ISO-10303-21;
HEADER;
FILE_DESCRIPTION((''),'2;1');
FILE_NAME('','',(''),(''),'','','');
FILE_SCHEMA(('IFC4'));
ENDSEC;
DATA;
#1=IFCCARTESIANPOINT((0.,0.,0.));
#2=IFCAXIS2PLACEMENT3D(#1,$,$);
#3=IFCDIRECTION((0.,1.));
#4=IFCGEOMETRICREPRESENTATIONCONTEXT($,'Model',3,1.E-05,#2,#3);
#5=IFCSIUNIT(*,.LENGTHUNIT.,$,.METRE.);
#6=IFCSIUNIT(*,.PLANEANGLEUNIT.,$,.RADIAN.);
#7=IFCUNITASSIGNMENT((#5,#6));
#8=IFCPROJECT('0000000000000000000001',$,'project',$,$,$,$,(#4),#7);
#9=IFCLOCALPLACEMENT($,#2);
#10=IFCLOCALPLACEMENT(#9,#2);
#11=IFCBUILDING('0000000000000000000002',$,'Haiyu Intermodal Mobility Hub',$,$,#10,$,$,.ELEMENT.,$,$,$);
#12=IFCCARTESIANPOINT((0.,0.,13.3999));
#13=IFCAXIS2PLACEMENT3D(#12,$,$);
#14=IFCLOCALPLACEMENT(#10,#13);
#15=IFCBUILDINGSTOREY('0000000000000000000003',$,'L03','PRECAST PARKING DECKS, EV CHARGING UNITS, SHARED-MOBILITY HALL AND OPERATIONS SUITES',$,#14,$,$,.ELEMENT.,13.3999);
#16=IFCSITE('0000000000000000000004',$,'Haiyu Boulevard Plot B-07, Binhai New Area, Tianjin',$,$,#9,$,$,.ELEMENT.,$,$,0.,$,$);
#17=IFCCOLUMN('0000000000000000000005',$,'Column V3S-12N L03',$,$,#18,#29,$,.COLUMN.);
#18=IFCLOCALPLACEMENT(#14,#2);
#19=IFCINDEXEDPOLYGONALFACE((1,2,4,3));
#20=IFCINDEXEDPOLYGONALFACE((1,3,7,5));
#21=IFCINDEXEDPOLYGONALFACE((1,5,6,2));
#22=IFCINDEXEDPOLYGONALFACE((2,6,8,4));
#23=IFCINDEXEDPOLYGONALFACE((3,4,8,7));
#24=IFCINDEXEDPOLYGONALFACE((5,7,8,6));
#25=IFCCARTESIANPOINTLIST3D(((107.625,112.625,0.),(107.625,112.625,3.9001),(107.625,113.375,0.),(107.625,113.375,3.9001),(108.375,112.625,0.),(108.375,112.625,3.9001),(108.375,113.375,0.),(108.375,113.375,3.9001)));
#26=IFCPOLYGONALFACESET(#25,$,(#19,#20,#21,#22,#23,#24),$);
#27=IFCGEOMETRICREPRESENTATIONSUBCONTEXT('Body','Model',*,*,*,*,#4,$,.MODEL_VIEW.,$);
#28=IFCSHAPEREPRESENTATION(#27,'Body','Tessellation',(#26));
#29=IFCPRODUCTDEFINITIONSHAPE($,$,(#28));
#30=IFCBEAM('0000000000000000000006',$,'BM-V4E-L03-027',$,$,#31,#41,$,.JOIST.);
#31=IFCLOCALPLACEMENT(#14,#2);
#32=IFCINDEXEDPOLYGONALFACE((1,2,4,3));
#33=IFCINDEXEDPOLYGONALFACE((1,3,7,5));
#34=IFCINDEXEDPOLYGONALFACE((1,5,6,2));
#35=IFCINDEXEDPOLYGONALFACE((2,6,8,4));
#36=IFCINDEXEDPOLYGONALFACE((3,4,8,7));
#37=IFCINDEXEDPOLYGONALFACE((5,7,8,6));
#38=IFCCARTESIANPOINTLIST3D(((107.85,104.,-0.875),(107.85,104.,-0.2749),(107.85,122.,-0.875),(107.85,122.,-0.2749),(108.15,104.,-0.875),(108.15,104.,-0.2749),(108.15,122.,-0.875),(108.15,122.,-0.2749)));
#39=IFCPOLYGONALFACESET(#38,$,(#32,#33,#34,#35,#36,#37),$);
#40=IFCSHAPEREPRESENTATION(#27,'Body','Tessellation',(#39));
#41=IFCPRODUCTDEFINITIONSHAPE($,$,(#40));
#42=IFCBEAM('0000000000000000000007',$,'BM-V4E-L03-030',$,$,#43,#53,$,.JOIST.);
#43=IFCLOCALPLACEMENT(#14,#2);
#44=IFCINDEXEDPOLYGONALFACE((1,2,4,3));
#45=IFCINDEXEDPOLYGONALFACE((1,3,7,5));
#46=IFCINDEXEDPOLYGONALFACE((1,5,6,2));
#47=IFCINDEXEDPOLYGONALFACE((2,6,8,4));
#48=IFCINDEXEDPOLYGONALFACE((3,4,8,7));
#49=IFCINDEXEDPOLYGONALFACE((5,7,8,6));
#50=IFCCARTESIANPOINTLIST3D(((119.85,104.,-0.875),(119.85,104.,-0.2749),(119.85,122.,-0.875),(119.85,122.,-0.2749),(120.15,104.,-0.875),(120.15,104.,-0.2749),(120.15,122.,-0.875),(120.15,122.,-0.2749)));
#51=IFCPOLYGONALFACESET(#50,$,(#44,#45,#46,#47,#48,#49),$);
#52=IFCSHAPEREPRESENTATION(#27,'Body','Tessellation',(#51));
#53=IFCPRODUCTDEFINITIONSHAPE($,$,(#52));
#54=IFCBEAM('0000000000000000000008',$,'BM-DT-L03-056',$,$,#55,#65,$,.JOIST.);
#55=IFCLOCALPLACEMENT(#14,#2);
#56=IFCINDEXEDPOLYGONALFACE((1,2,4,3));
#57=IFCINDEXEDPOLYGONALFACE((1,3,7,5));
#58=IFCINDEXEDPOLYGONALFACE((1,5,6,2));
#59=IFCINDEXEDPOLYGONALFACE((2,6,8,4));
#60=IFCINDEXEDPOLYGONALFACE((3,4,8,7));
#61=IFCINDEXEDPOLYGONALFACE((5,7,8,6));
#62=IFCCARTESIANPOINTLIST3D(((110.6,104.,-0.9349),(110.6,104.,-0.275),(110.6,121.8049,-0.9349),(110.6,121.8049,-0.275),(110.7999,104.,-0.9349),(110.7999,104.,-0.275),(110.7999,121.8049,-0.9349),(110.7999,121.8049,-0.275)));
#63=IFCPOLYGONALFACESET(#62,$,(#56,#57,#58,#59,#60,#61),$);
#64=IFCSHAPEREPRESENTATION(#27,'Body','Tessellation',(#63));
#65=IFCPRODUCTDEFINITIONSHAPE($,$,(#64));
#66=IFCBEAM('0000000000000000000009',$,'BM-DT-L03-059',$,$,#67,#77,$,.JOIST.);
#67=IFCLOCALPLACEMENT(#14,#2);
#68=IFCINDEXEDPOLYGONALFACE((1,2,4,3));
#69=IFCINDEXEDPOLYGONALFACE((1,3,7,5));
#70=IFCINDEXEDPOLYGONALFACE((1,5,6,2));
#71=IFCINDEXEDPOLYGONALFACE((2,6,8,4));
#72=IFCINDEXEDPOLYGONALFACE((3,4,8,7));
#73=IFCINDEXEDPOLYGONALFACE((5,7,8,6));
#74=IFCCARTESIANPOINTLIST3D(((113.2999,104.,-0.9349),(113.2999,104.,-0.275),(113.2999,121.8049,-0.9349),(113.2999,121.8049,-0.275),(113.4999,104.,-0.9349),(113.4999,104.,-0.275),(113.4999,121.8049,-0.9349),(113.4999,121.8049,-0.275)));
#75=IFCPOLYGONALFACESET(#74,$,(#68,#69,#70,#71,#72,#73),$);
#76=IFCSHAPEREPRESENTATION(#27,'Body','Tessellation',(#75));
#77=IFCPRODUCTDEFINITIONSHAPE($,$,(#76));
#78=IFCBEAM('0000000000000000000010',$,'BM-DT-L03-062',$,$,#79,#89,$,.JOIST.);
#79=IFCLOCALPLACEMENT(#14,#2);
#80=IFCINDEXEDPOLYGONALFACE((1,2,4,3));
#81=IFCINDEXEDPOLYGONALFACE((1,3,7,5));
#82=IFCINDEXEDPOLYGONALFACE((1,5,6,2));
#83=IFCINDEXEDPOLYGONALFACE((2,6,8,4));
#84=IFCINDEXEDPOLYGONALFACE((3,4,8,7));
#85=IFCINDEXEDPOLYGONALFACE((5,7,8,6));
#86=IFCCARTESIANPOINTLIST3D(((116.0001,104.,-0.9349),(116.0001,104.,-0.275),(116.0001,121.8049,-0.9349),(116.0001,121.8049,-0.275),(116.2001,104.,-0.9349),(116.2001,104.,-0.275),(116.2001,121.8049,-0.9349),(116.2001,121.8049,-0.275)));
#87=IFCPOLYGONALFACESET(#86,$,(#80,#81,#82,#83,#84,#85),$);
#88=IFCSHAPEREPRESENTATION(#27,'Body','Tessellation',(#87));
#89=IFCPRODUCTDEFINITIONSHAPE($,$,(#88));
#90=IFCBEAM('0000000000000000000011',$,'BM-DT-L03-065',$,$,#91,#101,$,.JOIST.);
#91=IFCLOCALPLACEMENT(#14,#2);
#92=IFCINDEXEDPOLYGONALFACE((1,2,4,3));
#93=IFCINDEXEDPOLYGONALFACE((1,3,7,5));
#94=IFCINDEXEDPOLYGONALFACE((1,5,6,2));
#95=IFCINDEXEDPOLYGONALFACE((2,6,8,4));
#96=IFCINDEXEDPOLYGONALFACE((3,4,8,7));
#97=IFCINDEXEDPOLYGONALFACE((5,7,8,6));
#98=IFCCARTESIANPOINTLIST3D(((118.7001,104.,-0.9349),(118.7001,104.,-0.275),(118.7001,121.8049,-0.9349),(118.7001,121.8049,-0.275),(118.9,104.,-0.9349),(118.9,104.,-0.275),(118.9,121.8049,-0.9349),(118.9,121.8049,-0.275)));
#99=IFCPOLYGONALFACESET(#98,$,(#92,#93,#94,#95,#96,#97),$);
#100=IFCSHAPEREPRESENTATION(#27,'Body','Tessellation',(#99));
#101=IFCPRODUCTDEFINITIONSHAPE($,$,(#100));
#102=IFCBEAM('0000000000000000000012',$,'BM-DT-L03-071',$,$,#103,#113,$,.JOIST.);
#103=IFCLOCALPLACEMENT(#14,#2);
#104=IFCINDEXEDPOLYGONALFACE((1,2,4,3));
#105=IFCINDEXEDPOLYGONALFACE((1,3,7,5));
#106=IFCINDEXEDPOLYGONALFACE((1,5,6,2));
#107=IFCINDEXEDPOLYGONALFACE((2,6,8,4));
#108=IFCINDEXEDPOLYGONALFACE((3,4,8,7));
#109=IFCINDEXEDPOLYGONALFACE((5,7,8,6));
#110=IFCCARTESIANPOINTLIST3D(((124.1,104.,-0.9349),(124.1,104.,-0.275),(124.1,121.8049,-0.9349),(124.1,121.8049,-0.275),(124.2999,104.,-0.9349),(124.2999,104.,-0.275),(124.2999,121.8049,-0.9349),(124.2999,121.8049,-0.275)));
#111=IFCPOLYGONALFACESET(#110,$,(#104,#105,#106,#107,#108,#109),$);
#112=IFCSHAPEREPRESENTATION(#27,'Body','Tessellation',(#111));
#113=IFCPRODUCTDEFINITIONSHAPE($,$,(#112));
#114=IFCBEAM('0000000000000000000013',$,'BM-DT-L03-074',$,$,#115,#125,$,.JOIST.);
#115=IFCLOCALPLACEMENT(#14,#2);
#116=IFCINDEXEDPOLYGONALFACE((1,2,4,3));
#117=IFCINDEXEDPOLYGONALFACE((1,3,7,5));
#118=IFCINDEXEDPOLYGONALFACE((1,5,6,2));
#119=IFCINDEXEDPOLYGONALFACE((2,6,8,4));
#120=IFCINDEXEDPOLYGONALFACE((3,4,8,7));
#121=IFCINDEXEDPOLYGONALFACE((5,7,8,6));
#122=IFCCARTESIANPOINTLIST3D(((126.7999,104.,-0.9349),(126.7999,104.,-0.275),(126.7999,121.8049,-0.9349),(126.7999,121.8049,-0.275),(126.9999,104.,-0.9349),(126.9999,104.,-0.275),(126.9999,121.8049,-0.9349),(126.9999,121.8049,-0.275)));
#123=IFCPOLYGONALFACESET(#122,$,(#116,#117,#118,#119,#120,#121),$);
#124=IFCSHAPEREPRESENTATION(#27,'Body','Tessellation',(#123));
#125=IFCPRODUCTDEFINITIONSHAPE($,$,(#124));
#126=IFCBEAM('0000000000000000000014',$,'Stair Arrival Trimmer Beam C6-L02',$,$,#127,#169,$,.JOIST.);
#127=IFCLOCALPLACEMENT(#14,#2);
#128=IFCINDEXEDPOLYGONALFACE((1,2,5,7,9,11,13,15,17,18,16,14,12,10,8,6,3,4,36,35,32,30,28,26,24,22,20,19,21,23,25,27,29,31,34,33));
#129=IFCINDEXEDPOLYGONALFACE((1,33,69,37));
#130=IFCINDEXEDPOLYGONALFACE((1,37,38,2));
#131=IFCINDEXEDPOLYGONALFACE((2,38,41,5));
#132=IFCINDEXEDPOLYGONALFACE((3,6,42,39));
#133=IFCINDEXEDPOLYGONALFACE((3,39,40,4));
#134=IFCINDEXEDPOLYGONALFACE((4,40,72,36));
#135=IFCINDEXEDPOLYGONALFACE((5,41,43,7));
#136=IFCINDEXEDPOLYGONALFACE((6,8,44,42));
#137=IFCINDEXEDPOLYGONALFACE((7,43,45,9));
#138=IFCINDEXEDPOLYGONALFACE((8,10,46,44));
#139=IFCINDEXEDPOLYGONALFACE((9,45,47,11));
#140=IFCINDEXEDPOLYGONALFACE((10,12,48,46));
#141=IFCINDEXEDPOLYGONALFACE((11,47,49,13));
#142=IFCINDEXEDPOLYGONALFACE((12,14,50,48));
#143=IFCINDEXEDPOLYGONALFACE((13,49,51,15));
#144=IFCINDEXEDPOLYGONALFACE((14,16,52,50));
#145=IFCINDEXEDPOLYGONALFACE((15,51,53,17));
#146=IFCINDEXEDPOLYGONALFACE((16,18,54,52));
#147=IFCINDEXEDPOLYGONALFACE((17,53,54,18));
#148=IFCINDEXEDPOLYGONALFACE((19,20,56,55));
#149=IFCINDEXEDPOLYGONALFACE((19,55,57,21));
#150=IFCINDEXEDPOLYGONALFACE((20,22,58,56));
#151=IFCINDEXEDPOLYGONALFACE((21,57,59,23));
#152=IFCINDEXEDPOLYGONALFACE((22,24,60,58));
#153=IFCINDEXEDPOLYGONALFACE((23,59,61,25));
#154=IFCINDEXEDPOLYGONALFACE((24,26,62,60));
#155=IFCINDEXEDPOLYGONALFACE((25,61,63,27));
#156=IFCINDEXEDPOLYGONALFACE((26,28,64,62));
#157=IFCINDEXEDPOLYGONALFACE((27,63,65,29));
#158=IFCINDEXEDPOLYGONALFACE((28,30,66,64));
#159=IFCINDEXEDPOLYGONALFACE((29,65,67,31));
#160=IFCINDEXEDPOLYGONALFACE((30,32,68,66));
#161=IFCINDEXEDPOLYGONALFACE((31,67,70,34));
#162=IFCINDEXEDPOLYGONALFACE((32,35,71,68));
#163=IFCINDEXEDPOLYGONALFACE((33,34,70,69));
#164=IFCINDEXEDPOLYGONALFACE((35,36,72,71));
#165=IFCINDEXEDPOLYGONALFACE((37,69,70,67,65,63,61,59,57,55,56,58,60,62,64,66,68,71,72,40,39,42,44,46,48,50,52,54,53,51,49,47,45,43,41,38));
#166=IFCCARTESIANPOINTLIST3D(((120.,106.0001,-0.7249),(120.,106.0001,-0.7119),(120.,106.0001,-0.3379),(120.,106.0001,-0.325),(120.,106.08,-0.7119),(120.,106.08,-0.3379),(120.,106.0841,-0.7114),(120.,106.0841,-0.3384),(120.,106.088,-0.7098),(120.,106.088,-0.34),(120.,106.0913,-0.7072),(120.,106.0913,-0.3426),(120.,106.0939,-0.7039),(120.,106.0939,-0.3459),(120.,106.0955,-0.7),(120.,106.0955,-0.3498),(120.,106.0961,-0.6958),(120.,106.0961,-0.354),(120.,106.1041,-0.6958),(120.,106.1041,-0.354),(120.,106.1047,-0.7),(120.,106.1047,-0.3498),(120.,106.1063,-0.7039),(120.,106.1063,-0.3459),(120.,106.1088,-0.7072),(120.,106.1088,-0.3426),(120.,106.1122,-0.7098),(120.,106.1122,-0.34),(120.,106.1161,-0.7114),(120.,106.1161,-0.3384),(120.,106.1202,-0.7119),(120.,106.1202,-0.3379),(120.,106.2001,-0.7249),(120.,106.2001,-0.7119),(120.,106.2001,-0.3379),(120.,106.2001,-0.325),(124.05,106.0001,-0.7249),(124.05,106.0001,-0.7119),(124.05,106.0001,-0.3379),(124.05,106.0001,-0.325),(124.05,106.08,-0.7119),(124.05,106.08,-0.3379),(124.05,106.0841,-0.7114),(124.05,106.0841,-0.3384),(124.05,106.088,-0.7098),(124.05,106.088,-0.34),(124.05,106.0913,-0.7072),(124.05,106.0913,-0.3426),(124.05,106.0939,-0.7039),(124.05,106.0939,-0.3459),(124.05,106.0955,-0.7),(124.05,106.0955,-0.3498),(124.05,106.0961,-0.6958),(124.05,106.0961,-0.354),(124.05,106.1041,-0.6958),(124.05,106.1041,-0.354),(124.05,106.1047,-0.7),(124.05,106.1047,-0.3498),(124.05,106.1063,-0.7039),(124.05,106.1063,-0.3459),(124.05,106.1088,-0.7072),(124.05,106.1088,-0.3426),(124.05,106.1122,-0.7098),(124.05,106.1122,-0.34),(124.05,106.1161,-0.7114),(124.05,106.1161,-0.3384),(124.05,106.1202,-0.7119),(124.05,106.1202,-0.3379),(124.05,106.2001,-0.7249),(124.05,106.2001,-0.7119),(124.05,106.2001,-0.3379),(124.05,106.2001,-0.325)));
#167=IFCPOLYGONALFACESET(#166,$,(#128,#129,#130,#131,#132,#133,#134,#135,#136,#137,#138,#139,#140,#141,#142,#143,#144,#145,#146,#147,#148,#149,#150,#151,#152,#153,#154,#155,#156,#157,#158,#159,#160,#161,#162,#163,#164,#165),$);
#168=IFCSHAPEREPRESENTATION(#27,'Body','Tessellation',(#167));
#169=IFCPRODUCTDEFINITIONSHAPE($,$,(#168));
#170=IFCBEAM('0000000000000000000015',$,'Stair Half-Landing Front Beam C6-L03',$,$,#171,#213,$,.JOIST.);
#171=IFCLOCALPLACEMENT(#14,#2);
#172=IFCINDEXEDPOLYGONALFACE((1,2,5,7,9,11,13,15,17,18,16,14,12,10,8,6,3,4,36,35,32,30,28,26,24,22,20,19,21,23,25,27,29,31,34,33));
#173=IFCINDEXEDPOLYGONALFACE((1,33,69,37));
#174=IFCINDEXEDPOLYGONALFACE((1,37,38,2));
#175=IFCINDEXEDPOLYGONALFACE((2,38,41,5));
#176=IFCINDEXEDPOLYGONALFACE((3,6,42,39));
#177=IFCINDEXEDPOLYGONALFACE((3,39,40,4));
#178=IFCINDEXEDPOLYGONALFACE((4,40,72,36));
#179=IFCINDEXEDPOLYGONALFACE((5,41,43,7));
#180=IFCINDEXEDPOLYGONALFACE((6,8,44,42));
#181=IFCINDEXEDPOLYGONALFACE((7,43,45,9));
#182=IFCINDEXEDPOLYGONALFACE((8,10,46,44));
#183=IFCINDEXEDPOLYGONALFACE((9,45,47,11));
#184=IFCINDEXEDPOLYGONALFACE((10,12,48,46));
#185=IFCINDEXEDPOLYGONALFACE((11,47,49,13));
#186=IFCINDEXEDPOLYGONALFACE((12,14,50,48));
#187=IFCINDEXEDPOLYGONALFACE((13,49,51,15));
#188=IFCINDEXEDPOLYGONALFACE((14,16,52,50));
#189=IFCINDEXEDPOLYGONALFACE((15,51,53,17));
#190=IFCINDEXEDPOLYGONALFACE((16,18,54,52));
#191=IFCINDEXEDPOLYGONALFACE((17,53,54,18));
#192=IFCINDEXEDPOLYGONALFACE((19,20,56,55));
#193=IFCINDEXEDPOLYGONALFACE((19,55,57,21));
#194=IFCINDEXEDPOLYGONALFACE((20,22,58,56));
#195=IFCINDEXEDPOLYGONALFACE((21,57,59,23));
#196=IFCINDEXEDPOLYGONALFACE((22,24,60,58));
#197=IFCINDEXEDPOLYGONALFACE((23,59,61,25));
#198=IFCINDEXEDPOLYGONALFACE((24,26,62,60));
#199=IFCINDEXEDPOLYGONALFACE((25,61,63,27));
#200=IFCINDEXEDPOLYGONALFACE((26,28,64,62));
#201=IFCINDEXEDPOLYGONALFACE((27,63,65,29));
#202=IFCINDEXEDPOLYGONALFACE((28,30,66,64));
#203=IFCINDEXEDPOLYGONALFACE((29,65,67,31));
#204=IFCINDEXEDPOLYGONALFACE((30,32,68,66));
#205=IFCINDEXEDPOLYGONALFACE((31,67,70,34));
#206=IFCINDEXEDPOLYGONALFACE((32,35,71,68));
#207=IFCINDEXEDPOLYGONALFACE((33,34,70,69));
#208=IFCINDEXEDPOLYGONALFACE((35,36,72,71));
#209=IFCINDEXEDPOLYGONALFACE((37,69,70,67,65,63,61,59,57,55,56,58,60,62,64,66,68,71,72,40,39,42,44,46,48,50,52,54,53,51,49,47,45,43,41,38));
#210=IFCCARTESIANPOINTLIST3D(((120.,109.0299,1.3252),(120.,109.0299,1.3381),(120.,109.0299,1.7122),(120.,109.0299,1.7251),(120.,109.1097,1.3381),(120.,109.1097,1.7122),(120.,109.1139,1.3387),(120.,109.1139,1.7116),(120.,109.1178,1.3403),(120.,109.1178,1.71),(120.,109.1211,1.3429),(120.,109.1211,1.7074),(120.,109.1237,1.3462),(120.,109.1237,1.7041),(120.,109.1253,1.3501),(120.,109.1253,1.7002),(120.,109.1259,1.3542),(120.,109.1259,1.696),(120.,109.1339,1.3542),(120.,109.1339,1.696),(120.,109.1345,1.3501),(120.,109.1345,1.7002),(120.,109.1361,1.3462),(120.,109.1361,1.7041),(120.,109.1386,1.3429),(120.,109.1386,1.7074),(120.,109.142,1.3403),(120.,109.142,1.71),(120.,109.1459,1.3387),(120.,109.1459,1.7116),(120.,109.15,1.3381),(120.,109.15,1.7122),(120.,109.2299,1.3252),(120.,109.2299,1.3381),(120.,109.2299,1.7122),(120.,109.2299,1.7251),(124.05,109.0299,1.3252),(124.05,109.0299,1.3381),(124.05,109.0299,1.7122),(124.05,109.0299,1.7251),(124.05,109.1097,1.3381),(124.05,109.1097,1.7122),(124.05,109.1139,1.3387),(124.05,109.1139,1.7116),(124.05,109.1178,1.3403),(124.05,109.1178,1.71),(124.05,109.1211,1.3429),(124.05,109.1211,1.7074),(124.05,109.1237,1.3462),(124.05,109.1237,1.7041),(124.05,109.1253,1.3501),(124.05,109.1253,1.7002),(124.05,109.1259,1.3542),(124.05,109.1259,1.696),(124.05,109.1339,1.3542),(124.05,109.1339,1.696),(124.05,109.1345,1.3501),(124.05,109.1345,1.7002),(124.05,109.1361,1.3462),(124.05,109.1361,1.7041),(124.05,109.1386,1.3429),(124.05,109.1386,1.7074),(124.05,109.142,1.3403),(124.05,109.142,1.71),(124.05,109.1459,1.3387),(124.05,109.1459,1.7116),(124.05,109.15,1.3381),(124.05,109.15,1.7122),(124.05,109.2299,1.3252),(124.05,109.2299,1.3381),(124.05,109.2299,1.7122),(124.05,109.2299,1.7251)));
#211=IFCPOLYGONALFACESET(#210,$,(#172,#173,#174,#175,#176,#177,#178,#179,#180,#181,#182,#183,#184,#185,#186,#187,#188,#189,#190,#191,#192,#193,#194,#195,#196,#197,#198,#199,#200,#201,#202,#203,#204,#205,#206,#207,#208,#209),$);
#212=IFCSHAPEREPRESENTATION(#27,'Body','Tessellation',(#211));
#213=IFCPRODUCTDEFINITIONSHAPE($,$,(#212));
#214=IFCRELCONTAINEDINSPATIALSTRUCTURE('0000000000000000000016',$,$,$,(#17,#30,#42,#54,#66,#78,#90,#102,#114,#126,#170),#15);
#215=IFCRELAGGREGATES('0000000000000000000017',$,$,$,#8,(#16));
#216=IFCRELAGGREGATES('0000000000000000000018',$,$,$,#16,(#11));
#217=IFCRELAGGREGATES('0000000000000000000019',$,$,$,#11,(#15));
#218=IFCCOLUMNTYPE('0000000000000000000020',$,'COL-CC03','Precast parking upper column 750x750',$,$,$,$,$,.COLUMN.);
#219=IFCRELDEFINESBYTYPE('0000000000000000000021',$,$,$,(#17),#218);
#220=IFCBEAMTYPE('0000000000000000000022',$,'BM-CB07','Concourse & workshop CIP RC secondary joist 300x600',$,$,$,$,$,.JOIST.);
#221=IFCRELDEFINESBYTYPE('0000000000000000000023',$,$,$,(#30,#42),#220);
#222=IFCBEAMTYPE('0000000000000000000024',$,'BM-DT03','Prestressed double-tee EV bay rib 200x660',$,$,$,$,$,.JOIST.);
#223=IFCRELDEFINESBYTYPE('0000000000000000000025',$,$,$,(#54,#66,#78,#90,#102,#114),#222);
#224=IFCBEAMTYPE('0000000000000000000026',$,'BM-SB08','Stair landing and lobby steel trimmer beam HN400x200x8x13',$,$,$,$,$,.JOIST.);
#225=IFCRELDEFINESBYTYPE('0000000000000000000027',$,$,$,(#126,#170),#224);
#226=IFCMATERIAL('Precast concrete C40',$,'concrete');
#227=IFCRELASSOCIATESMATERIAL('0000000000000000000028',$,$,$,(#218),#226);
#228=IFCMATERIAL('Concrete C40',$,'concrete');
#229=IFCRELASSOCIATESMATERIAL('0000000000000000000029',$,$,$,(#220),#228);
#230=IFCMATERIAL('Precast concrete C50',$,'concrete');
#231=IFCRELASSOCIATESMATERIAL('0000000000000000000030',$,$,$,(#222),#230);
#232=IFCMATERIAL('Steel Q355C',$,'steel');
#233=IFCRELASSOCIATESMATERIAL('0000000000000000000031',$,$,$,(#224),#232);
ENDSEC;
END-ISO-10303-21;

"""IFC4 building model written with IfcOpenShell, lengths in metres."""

from ifc_helpers import new_model, si_unit, direction, frame, origin, origin_2d, place, context, subcontext, project, spatial, rectangle, i_section, extrude, material, material_profile, profile_set, type_object, element, save


model = new_model("IFC4")

# Units and contexts
model_context = context("Model", 3, precision=1e-05, world=origin(), true_north=direction((0.0, 1.0)))
body_context = subcontext(model_context, "Body", "Model", "MODEL_VIEW")
ifc_project = project(units=[si_unit("LENGTHUNIT", "METRE"), si_unit("PLANEANGLEUNIT", "RADIAN")], contexts=[model_context])

# Site, building, storey
site_placement = place(None, origin())
site = spatial("IfcSite", under=ifc_project, at=site_placement, Name="Haiyu Boulevard Plot B-07, Binhai New Area, Tianjin", CompositionType="ELEMENT", RefElevation=0.0)
building_placement = place(site_placement, origin())
building = spatial("IfcBuilding", under=site, at=building_placement, Name="Haiyu Intermodal Mobility Hub", CompositionType="ELEMENT")
storey_placement = place(building_placement, frame((0.0, 0.0, 13.3999)))
storey = spatial("IfcBuildingStorey", under=building, at=storey_placement, Name="L03", Description="PRECAST PARKING DECKS, EV CHARGING UNITS, SHARED-MOBILITY HALL AND OPERATIONS SUITES", CompositionType="ELEMENT", Elevation=13.3999)

# Column
ifc_material_1 = material(Name="Precast concrete C40", Category="concrete")
ifc_material_profile_1 = material_profile(ifc_material_1, rectangle(XDim=0.75, YDim=0.75, at=origin_2d()), Name="RC750x750")
ifc_profile_set_1 = profile_set([ifc_material_profile_1], Name="Precast concrete C40")
column_type = type_object("IfcColumnType", Name="COL-CC03", Description="Precast parking upper column 750x750", PredefinedType="COLUMN", material=ifc_profile_set_1)
column_placement = place(storey_placement, frame((108.0, 113.0, 0.0), z_axis=(0.0, 0.0, 1.0), x_axis=(1.0, 0.0, 0.0)))
element("IfcColumn", 1, at=column_placement, inside=storey, type_object=column_type, Name="Column V3S-12N L03", PredefinedType="COLUMN", context=body_context, shape_type="SweptSolid", body=[
    extrude(rectangle(XDim=0.75, YDim=0.75, at=origin_2d()), origin(), (0.0, 0.0, 1.0), 3.9001),
])

# Beams
ifc_material_2 = material(Name="Concrete C40", Category="concrete")
ifc_material_profile_2 = material_profile(ifc_material_2, rectangle(XDim=0.3, YDim=0.6001, at=origin_2d()), Name="RCB300x600")
ifc_profile_set_2 = profile_set([ifc_material_profile_2], Name="Concrete C40")
beam_type_1 = type_object("IfcBeamType", Name="BM-CB07", Description="Concourse & workshop CIP RC secondary joist 300x600", PredefinedType="JOIST", material=ifc_profile_set_2)
for number, where, z_axis, x_axis, name in (
    (2, (108.0, 104.0, -0.575), (0.0, 1.0, 0.0), (-1.0, 0.0, 0.0), "BM-V4E-L03-027"),
    (3, (120.0, 104.0, -0.575), (0.0, 1.0, 0.0), (-1.0, 0.0, 0.0), "BM-V4E-L03-030"),
):
    element("IfcBeam", number, at=place(storey_placement, frame(where, z_axis=z_axis, x_axis=x_axis)), inside=storey, type_object=beam_type_1, Name=name, PredefinedType="JOIST", context=body_context, shape_type="SweptSolid", body=[
        extrude(rectangle(XDim=0.3, YDim=0.6001, at=origin_2d()), origin(), (0.0, 0.0, 1.0), 18.0),
    ])
ifc_material_3 = material(Name="Precast concrete C50", Category="concrete")
ifc_material_profile_3 = material_profile(ifc_material_3, rectangle(XDim=0.2, YDim=0.6599, at=origin_2d()), Name="PC200x660")
ifc_profile_set_3 = profile_set([ifc_material_profile_3], Name="Precast concrete C50")
beam_type_2 = type_object("IfcBeamType", Name="BM-DT03", Description="Prestressed double-tee EV bay rib 200x660", PredefinedType="JOIST", material=ifc_profile_set_3)
for number, where, z_axis, x_axis, name in (
    (4, (110.7, 104.0, -0.605), (0.0, 1.0, 0.0), (-1.0, 0.0, 0.0), "BM-DT-L03-056"),
    (5, (113.3999, 104.0, -0.605), (0.0, 1.0, 0.0), (-1.0, 0.0, 0.0), "BM-DT-L03-059"),
    (6, (116.1001, 104.0, -0.605), (0.0, 1.0, 0.0), (-1.0, 0.0, 0.0), "BM-DT-L03-062"),
    (7, (118.8, 104.0, -0.605), (0.0, 1.0, 0.0), (-1.0, 0.0, 0.0), "BM-DT-L03-065"),
    (8, (124.2, 104.0, -0.605), (0.0, 1.0, 0.0), (-1.0, 0.0, 0.0), "BM-DT-L03-071"),
    (9, (126.8999, 104.0, -0.605), (0.0, 1.0, 0.0), (-1.0, 0.0, 0.0), "BM-DT-L03-074"),
):
    element("IfcBeam", number, at=place(storey_placement, frame(where, z_axis=z_axis, x_axis=x_axis)), inside=storey, type_object=beam_type_2, Name=name, PredefinedType="JOIST", context=body_context, shape_type="SweptSolid", body=[
        extrude(rectangle(XDim=0.2, YDim=0.6599, at=origin_2d()), origin(), (0.0, 0.0, 1.0), 17.8049),
    ])
ifc_material_4 = material(Name="Steel Q355C", Category="steel")
ifc_material_profile_4 = material_profile(ifc_material_4, i_section(OverallWidth=0.2, OverallDepth=0.3999, WebThickness=0.0081, FlangeThickness=0.0129, FilletRadius=0.0161, at=origin_2d()), Name="HN400x200x8x13")
ifc_profile_set_4 = profile_set([ifc_material_profile_4], Name="Steel Q355C")
beam_type_3 = type_object("IfcBeamType", Name="BM-SB08", Description="Stair landing and lobby steel trimmer beam HN400x200x8x13", PredefinedType="JOIST", material=ifc_profile_set_4)
for number, where, z_axis, x_axis, name in (
    (10, (120.0, 106.1001, -0.5249), (1.0, 0.0, 0.0), (0.0, 1.0, 0.0), "Stair Arrival Trimmer Beam C6-L02"),
    (11, (120.0, 109.1299, 1.5251), (1.0, 0.0, 0.0), (0.0, 1.0, 0.0), "Stair Half-Landing Front Beam C6-L03"),
):
    element("IfcBeam", number, at=place(storey_placement, frame(where, z_axis=z_axis, x_axis=x_axis)), inside=storey, type_object=beam_type_3, Name=name, PredefinedType="JOIST", context=body_context, shape_type="SweptSolid", body=[
        extrude(i_section(OverallWidth=0.2, OverallDepth=0.3999, WebThickness=0.0081, FlangeThickness=0.0129, FilletRadius=0.0161, at=origin_2d()), origin(), (0.0, 0.0, 1.0), 4.05),
    ])

save(model, "model.ifc")
